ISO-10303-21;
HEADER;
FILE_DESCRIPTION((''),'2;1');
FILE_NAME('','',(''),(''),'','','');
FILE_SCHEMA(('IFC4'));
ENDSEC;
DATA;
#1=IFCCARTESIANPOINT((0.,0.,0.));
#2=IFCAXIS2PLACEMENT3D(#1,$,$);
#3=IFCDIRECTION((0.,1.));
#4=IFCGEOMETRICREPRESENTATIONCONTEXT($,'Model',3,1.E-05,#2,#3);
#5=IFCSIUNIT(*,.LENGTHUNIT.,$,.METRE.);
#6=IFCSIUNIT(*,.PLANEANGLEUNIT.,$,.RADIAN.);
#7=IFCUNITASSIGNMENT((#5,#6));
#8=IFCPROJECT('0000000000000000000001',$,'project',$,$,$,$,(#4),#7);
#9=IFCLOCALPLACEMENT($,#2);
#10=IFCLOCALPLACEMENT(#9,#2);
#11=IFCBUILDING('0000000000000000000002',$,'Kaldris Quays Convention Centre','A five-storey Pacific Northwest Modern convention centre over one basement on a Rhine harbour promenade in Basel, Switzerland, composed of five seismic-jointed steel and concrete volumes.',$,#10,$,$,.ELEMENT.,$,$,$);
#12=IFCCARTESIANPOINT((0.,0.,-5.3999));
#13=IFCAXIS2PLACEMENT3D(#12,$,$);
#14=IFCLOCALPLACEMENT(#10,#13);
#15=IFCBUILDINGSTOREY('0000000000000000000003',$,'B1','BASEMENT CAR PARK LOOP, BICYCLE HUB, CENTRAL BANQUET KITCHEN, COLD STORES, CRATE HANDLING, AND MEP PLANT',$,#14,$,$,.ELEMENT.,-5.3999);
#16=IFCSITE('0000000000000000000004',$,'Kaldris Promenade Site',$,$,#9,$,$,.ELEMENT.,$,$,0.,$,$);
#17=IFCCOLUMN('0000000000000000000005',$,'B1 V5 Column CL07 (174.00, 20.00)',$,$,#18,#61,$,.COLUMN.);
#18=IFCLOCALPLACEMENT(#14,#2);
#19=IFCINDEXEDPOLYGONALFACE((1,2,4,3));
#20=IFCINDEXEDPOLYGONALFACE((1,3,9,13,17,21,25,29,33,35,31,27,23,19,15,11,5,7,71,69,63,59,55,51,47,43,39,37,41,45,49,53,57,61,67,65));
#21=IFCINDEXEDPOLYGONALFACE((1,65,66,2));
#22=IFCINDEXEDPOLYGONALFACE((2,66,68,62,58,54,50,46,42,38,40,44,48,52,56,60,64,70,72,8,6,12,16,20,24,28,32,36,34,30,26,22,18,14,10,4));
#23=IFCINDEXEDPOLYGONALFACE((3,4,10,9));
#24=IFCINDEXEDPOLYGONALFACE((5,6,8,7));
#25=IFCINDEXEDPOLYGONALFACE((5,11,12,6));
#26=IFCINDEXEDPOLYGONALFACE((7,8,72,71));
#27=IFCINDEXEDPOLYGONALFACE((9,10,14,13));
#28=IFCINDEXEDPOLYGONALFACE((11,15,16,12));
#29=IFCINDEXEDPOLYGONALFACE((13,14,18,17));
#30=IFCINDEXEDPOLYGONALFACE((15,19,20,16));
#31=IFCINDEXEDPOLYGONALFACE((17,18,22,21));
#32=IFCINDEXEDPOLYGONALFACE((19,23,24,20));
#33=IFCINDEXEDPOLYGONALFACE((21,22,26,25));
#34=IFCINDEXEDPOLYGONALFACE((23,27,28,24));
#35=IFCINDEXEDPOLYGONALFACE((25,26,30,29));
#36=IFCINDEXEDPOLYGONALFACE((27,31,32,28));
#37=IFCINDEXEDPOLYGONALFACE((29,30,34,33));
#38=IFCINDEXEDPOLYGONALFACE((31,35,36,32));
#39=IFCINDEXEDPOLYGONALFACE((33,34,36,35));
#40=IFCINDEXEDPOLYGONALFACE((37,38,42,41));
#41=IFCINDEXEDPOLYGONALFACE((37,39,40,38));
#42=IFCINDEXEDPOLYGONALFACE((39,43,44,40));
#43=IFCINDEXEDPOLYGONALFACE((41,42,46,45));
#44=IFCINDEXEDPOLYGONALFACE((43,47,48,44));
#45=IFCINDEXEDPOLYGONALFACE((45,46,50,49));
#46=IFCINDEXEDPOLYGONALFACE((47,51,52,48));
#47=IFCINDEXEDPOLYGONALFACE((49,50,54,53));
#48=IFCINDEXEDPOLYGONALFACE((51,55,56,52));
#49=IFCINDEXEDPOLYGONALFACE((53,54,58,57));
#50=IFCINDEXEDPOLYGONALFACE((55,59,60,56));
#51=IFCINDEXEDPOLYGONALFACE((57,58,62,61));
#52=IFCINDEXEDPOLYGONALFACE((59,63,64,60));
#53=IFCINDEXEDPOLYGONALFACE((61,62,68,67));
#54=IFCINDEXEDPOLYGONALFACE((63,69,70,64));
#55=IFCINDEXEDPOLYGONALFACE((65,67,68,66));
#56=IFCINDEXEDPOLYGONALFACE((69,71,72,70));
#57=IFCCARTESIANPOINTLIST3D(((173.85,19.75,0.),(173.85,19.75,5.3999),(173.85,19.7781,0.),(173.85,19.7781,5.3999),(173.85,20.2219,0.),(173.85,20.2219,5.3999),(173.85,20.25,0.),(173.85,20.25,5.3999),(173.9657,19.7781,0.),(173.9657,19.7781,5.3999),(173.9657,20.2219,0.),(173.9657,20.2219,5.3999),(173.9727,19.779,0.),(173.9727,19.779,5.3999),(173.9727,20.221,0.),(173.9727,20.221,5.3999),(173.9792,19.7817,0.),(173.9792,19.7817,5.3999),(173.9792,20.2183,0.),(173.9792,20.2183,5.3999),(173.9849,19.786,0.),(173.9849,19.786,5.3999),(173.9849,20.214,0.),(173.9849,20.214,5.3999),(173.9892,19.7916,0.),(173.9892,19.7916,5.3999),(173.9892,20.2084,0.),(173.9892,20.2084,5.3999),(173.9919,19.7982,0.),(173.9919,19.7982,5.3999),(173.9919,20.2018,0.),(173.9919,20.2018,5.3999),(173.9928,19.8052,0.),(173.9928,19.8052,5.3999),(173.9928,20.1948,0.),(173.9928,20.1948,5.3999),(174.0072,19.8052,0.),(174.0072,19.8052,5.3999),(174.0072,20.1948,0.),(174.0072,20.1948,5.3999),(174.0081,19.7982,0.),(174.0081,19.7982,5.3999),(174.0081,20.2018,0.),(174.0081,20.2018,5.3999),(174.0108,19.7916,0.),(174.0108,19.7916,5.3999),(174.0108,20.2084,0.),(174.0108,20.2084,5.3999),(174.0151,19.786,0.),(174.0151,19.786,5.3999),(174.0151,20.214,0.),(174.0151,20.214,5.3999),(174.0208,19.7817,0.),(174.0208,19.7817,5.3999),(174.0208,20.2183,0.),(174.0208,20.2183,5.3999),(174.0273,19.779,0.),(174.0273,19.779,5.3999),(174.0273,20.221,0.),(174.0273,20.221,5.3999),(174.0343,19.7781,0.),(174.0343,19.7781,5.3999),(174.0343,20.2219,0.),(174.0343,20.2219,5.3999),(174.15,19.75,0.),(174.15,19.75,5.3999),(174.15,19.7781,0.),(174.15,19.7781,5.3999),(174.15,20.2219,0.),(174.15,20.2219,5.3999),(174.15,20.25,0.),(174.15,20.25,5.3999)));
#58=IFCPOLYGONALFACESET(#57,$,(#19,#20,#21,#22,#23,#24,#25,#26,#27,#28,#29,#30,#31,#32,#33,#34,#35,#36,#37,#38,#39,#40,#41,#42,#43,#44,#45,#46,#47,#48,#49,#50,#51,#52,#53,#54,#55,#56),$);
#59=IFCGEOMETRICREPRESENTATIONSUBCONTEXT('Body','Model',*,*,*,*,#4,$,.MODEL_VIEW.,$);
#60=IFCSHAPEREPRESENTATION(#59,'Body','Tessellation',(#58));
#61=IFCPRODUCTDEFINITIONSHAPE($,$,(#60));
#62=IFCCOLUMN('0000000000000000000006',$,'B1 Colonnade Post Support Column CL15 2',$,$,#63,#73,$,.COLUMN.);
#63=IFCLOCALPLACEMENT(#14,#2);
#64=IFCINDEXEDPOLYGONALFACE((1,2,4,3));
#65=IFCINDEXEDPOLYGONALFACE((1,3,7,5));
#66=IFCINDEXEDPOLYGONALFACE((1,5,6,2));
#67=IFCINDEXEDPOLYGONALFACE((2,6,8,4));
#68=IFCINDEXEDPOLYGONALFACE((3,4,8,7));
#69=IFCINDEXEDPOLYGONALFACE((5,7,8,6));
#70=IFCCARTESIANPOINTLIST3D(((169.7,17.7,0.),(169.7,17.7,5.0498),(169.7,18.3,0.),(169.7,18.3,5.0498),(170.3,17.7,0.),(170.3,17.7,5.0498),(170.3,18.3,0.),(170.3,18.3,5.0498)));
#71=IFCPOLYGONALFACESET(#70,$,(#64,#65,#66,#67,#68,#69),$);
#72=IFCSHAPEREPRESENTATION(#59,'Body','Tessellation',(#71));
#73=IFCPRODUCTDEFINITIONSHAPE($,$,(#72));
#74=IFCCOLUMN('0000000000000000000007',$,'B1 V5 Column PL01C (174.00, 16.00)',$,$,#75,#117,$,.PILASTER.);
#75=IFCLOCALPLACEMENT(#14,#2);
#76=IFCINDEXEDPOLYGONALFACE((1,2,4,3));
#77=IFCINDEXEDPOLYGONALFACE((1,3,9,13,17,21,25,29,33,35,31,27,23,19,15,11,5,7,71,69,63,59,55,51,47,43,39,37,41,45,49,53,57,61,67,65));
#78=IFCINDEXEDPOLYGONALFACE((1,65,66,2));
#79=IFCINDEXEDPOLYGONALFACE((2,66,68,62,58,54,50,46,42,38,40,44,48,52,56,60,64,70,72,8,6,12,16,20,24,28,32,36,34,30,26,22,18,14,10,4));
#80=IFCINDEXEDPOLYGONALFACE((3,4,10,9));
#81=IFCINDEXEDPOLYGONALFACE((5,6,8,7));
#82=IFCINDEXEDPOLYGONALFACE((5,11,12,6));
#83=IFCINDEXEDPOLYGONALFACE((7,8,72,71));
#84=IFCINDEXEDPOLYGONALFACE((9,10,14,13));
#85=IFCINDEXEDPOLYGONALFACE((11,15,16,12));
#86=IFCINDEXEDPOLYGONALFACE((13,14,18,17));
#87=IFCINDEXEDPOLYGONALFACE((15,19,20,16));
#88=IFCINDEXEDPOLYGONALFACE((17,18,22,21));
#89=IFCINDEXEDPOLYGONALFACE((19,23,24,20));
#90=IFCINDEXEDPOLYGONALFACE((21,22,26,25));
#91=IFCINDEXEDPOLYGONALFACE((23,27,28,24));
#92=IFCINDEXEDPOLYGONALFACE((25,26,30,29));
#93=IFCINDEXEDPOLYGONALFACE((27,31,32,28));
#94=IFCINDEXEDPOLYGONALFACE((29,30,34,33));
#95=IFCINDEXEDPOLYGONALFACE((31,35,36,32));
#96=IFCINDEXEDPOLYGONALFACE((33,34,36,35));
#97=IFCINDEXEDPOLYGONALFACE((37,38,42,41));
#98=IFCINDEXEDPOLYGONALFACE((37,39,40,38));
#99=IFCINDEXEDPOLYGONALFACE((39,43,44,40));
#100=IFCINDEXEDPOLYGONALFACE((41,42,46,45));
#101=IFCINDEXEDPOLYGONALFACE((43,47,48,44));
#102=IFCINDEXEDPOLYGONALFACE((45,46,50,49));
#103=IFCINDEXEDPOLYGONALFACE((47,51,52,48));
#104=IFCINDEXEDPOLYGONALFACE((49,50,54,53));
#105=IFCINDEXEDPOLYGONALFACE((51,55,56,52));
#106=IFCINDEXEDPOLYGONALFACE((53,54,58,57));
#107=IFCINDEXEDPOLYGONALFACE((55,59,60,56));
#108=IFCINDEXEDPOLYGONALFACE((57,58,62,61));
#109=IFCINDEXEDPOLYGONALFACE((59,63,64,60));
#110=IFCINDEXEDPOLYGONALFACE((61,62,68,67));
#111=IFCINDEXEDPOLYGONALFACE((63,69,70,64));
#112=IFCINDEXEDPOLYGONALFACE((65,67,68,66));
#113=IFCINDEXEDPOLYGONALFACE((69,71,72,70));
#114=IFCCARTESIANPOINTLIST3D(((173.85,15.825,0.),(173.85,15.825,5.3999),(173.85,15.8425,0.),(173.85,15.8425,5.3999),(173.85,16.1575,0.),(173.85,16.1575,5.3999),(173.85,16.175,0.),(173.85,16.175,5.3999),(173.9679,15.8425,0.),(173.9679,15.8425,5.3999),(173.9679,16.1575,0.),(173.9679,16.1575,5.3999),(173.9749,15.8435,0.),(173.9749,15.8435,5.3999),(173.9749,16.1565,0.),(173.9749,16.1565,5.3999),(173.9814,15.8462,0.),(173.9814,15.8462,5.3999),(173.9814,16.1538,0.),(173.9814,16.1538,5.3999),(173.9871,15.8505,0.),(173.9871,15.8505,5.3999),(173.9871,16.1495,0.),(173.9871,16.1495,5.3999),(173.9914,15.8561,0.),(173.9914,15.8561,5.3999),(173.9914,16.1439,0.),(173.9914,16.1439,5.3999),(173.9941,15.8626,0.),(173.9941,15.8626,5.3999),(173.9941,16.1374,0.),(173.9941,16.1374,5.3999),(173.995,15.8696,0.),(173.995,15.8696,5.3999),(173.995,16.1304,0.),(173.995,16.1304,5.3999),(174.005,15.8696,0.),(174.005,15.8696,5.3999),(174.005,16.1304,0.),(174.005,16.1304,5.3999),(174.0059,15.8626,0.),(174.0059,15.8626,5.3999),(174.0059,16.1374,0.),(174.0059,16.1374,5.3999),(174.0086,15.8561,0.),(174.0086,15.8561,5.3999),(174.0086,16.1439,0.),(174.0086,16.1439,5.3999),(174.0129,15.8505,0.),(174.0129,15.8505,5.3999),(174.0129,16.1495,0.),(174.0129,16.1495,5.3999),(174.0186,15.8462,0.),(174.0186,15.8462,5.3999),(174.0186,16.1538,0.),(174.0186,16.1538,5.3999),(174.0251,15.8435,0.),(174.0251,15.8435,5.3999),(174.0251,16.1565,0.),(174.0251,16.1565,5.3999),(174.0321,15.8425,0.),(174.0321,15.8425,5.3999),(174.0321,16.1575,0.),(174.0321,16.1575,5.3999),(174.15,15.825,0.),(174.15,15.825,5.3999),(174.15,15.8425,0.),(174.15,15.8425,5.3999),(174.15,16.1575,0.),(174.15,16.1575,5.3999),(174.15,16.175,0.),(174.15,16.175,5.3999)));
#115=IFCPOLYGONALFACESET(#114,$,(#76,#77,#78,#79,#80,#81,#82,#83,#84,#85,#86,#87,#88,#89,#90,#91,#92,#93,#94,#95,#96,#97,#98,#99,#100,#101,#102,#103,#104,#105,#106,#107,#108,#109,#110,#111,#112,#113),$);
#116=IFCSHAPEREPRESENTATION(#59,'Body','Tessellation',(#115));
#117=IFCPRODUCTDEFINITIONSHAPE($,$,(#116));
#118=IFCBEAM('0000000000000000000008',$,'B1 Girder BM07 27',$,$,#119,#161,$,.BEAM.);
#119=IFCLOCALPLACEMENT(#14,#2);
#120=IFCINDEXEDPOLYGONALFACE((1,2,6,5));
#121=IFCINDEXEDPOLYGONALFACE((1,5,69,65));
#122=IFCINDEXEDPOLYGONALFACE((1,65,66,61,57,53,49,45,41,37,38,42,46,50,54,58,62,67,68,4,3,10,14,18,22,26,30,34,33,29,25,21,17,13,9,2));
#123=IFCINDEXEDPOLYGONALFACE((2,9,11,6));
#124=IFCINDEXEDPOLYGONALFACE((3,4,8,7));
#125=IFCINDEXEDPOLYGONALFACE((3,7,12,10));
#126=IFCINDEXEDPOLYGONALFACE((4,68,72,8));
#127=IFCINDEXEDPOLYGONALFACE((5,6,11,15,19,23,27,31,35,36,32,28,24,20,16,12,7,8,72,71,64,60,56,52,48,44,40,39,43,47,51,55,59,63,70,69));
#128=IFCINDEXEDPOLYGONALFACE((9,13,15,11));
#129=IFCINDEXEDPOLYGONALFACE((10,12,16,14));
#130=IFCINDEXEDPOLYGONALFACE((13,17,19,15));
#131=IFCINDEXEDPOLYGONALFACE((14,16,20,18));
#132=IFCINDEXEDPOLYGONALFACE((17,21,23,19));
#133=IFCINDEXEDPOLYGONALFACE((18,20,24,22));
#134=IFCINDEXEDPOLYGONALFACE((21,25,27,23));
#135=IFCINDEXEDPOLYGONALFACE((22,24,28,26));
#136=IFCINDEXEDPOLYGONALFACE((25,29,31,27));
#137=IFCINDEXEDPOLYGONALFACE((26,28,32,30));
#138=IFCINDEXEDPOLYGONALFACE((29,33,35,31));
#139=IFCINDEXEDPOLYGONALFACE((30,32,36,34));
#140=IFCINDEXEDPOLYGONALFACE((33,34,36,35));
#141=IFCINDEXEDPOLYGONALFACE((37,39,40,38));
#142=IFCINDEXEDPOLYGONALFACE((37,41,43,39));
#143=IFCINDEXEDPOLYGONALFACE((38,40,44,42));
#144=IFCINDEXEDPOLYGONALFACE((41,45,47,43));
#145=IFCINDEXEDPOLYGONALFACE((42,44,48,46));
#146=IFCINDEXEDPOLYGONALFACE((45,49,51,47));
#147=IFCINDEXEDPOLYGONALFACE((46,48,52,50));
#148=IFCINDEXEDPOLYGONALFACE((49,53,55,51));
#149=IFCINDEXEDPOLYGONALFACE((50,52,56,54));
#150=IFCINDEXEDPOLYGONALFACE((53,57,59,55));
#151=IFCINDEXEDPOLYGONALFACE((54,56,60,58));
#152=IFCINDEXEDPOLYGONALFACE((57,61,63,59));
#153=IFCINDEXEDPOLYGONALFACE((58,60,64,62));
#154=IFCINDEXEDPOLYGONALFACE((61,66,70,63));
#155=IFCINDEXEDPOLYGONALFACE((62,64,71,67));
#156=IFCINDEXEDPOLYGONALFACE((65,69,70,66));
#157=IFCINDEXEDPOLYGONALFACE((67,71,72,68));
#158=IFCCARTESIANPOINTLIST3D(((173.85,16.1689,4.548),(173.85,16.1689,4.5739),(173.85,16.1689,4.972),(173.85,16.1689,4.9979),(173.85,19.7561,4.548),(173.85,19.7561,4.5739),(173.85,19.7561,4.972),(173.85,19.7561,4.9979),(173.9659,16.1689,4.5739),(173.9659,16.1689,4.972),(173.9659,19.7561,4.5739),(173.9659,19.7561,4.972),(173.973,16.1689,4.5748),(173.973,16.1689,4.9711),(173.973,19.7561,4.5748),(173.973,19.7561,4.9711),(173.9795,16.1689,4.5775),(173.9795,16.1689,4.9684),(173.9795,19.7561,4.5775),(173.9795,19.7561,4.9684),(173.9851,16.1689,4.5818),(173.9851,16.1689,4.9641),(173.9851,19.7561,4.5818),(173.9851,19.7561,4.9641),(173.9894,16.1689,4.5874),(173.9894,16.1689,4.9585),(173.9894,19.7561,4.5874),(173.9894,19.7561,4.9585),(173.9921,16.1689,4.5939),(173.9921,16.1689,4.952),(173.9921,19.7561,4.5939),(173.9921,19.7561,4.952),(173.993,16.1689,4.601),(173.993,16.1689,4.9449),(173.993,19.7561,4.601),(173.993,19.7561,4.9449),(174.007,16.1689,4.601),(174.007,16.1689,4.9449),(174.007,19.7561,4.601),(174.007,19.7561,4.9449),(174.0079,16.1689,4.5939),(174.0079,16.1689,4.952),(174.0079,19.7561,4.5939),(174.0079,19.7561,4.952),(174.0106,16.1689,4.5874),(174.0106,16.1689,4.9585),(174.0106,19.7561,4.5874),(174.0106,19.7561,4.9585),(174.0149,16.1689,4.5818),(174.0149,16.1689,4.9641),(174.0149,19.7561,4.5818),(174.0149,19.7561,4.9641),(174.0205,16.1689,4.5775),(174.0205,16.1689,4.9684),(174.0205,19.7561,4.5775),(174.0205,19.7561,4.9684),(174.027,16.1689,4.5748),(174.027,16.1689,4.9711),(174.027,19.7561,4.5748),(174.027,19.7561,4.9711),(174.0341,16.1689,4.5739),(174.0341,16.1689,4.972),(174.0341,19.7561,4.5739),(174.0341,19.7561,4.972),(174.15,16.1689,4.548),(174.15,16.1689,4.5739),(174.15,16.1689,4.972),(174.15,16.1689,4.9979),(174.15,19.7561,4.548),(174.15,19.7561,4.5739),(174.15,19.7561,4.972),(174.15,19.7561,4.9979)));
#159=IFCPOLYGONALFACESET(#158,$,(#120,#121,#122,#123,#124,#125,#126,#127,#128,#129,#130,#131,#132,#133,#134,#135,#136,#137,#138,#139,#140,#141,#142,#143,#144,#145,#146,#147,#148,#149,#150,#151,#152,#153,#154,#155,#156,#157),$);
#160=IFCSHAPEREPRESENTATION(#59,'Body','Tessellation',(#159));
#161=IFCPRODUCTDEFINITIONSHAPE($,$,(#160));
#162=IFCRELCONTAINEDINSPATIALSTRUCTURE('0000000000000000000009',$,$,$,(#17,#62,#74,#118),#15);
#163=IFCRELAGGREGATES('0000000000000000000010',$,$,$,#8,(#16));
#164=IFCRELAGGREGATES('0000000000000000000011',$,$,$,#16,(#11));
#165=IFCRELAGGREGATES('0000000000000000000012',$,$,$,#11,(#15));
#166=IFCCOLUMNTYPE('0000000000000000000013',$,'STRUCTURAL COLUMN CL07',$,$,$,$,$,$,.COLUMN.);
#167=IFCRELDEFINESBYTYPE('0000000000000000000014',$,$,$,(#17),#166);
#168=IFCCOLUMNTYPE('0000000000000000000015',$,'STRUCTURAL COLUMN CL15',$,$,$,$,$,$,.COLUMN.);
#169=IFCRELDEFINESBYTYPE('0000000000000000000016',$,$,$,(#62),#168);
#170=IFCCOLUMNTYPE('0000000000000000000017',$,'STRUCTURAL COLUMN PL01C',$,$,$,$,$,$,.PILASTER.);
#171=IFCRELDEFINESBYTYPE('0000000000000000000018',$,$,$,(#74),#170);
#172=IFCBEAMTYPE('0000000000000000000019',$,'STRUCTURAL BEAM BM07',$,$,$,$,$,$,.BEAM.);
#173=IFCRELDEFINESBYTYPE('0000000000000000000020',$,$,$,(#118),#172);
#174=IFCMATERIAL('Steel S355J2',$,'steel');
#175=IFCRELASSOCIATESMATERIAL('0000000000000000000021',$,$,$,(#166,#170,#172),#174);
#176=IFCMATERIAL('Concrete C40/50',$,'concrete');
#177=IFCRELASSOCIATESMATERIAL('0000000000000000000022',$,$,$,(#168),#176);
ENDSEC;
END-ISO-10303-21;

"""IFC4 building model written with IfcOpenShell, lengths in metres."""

from ifc_helpers import new_model, si_unit, direction, frame, origin, origin_2d, place, context, subcontext, project, spatial, rectangle, i_section, extrude, material, material_profile, profile_set, type_object, element, save


model = new_model("IFC4")

# Units and contexts
model_context = context("Model", 3, precision=1e-05, world=origin(), true_north=direction((0.0, 1.0)))
body_context = subcontext(model_context, "Body", "Model", "MODEL_VIEW")
ifc_project = project(units=[si_unit("LENGTHUNIT", "METRE"), si_unit("PLANEANGLEUNIT", "RADIAN")], contexts=[model_context])

# Site, building, storey
site_placement = place(None, origin())
site = spatial("IfcSite", under=ifc_project, at=site_placement, Name="Kaldris Promenade Site", CompositionType="ELEMENT", RefElevation=0.0)
building_placement = place(site_placement, origin())
building = spatial("IfcBuilding", under=site, at=building_placement, Name="Kaldris Quays Convention Centre", Description="A five-storey Pacific Northwest Modern convention centre over one basement on a Rhine harbour promenade in Basel, Switzerland, composed of five seismic-jointed steel and concrete volumes.", CompositionType="ELEMENT")
storey_placement = place(building_placement, frame((0.0, 0.0, -5.3999)))
storey = spatial("IfcBuildingStorey", under=building, at=storey_placement, Name="B1", Description="BASEMENT CAR PARK LOOP, BICYCLE HUB, CENTRAL BANQUET KITCHEN, COLD STORES, CRATE HANDLING, AND MEP PLANT", CompositionType="ELEMENT", Elevation=-5.3999)

# Columns
ifc_material_1 = material(Name="Steel S355J2", Category="steel")
ifc_material_profile_1 = material_profile(ifc_material_1, i_section(OverallWidth=0.3, OverallDepth=0.5, WebThickness=0.0144, FlangeThickness=0.0281, FilletRadius=0.0271, at=origin_2d()), Name="HEB 500")
ifc_profile_set_1 = profile_set([ifc_material_profile_1], Name="Steel S355J2")
column_type_1 = type_object("IfcColumnType", Name="STRUCTURAL COLUMN CL07", PredefinedType="COLUMN", material=ifc_profile_set_1)
column_1_placement = place(storey_placement, frame((174.0, 20.0, 0.0), z_axis=(0.0, 0.0, 1.0), x_axis=(1.0, 0.0, 0.0)))
element("IfcColumn", 1, at=column_1_placement, inside=storey, type_object=column_type_1, Name="B1 V5 Column CL07 (174.00, 20.00)", PredefinedType="COLUMN", context=body_context, shape_type="SweptSolid", body=[
    extrude(i_section(OverallWidth=0.3, OverallDepth=0.5, WebThickness=0.0144, FlangeThickness=0.0281, FilletRadius=0.0271, at=origin_2d()), origin(), (0.0, 0.0, 1.0), 5.3999),
])
ifc_material_2 = material(Name="Concrete C40/50", Category="concrete")
ifc_material_profile_2 = material_profile(ifc_material_2, rectangle(XDim=0.6001, YDim=0.6001, at=origin_2d()), Name="RC 600x600")
ifc_profile_set_2 = profile_set([ifc_material_profile_2], Name="Concrete C40/50")
column_type_2 = type_object("IfcColumnType", Name="STRUCTURAL COLUMN CL15", PredefinedType="COLUMN", material=ifc_profile_set_2)
column_2_placement = place(storey_placement, frame((170.0, 18.0, 0.0), z_axis=(0.0, 0.0, 1.0), x_axis=(1.0, 0.0, 0.0)))
element("IfcColumn", 2, at=column_2_placement, inside=storey, type_object=column_type_2, Name="B1 Colonnade Post Support Column CL15 2", PredefinedType="COLUMN", context=body_context, shape_type="SweptSolid", body=[
    extrude(rectangle(XDim=0.6001, YDim=0.6001, at=origin_2d()), origin(), (0.0, 0.0, 1.0), 5.0498),
])
ifc_material_profile_3 = material_profile(ifc_material_1, i_section(OverallWidth=0.3, OverallDepth=0.3501, WebThickness=0.01, FlangeThickness=0.0176, FilletRadius=0.0271, at=origin_2d()), Name="HEA 360")
ifc_profile_set_3 = profile_set([ifc_material_profile_3], Name="Steel S355J2")
column_type_3 = type_object("IfcColumnType", Name="STRUCTURAL COLUMN PL01C", PredefinedType="PILASTER", material=ifc_profile_set_3)
column_3_placement = place(storey_placement, frame((174.0, 16.0, 0.0), z_axis=(0.0, 0.0, 1.0), x_axis=(1.0, 0.0, 0.0)))
element("IfcColumn", 3, at=column_3_placement, inside=storey, type_object=column_type_3, Name="B1 V5 Column PL01C (174.00, 16.00)", PredefinedType="PILASTER", context=body_context, shape_type="SweptSolid", body=[
    extrude(i_section(OverallWidth=0.3, OverallDepth=0.3501, WebThickness=0.01, FlangeThickness=0.0176, FilletRadius=0.0271, at=origin_2d()), origin(), (0.0, 0.0, 1.0), 5.3999),
])

# Beam
ifc_material_profile_4 = material_profile(ifc_material_1, i_section(OverallWidth=0.3, OverallDepth=0.45, WebThickness=0.0139, FlangeThickness=0.0259, FilletRadius=0.0271, at=origin_2d()), Name="HEB 450")
ifc_profile_set_4 = profile_set([ifc_material_profile_4], Name="Steel S355J2")
beam_type_1 = type_object("IfcBeamType", Name="STRUCTURAL BEAM BM07", PredefinedType="BEAM", material=ifc_profile_set_4)
beam_1_placement = place(storey_placement, frame((174.0, 16.1689, 4.7729), z_axis=(0.0, 1.0, 0.0), x_axis=(-1.0, 0.0, 0.0)))
element("IfcBeam", 4, at=beam_1_placement, inside=storey, type_object=beam_type_1, Name="B1 Girder BM07 27", PredefinedType="BEAM", context=body_context, shape_type="SweptSolid", body=[
    extrude(i_section(OverallWidth=0.3, OverallDepth=0.45, WebThickness=0.0139, FlangeThickness=0.0259, FilletRadius=0.0271, at=origin_2d()), origin(), (0.0, 0.0, 1.0), 3.5872),
])

save(model, "model.ifc")
